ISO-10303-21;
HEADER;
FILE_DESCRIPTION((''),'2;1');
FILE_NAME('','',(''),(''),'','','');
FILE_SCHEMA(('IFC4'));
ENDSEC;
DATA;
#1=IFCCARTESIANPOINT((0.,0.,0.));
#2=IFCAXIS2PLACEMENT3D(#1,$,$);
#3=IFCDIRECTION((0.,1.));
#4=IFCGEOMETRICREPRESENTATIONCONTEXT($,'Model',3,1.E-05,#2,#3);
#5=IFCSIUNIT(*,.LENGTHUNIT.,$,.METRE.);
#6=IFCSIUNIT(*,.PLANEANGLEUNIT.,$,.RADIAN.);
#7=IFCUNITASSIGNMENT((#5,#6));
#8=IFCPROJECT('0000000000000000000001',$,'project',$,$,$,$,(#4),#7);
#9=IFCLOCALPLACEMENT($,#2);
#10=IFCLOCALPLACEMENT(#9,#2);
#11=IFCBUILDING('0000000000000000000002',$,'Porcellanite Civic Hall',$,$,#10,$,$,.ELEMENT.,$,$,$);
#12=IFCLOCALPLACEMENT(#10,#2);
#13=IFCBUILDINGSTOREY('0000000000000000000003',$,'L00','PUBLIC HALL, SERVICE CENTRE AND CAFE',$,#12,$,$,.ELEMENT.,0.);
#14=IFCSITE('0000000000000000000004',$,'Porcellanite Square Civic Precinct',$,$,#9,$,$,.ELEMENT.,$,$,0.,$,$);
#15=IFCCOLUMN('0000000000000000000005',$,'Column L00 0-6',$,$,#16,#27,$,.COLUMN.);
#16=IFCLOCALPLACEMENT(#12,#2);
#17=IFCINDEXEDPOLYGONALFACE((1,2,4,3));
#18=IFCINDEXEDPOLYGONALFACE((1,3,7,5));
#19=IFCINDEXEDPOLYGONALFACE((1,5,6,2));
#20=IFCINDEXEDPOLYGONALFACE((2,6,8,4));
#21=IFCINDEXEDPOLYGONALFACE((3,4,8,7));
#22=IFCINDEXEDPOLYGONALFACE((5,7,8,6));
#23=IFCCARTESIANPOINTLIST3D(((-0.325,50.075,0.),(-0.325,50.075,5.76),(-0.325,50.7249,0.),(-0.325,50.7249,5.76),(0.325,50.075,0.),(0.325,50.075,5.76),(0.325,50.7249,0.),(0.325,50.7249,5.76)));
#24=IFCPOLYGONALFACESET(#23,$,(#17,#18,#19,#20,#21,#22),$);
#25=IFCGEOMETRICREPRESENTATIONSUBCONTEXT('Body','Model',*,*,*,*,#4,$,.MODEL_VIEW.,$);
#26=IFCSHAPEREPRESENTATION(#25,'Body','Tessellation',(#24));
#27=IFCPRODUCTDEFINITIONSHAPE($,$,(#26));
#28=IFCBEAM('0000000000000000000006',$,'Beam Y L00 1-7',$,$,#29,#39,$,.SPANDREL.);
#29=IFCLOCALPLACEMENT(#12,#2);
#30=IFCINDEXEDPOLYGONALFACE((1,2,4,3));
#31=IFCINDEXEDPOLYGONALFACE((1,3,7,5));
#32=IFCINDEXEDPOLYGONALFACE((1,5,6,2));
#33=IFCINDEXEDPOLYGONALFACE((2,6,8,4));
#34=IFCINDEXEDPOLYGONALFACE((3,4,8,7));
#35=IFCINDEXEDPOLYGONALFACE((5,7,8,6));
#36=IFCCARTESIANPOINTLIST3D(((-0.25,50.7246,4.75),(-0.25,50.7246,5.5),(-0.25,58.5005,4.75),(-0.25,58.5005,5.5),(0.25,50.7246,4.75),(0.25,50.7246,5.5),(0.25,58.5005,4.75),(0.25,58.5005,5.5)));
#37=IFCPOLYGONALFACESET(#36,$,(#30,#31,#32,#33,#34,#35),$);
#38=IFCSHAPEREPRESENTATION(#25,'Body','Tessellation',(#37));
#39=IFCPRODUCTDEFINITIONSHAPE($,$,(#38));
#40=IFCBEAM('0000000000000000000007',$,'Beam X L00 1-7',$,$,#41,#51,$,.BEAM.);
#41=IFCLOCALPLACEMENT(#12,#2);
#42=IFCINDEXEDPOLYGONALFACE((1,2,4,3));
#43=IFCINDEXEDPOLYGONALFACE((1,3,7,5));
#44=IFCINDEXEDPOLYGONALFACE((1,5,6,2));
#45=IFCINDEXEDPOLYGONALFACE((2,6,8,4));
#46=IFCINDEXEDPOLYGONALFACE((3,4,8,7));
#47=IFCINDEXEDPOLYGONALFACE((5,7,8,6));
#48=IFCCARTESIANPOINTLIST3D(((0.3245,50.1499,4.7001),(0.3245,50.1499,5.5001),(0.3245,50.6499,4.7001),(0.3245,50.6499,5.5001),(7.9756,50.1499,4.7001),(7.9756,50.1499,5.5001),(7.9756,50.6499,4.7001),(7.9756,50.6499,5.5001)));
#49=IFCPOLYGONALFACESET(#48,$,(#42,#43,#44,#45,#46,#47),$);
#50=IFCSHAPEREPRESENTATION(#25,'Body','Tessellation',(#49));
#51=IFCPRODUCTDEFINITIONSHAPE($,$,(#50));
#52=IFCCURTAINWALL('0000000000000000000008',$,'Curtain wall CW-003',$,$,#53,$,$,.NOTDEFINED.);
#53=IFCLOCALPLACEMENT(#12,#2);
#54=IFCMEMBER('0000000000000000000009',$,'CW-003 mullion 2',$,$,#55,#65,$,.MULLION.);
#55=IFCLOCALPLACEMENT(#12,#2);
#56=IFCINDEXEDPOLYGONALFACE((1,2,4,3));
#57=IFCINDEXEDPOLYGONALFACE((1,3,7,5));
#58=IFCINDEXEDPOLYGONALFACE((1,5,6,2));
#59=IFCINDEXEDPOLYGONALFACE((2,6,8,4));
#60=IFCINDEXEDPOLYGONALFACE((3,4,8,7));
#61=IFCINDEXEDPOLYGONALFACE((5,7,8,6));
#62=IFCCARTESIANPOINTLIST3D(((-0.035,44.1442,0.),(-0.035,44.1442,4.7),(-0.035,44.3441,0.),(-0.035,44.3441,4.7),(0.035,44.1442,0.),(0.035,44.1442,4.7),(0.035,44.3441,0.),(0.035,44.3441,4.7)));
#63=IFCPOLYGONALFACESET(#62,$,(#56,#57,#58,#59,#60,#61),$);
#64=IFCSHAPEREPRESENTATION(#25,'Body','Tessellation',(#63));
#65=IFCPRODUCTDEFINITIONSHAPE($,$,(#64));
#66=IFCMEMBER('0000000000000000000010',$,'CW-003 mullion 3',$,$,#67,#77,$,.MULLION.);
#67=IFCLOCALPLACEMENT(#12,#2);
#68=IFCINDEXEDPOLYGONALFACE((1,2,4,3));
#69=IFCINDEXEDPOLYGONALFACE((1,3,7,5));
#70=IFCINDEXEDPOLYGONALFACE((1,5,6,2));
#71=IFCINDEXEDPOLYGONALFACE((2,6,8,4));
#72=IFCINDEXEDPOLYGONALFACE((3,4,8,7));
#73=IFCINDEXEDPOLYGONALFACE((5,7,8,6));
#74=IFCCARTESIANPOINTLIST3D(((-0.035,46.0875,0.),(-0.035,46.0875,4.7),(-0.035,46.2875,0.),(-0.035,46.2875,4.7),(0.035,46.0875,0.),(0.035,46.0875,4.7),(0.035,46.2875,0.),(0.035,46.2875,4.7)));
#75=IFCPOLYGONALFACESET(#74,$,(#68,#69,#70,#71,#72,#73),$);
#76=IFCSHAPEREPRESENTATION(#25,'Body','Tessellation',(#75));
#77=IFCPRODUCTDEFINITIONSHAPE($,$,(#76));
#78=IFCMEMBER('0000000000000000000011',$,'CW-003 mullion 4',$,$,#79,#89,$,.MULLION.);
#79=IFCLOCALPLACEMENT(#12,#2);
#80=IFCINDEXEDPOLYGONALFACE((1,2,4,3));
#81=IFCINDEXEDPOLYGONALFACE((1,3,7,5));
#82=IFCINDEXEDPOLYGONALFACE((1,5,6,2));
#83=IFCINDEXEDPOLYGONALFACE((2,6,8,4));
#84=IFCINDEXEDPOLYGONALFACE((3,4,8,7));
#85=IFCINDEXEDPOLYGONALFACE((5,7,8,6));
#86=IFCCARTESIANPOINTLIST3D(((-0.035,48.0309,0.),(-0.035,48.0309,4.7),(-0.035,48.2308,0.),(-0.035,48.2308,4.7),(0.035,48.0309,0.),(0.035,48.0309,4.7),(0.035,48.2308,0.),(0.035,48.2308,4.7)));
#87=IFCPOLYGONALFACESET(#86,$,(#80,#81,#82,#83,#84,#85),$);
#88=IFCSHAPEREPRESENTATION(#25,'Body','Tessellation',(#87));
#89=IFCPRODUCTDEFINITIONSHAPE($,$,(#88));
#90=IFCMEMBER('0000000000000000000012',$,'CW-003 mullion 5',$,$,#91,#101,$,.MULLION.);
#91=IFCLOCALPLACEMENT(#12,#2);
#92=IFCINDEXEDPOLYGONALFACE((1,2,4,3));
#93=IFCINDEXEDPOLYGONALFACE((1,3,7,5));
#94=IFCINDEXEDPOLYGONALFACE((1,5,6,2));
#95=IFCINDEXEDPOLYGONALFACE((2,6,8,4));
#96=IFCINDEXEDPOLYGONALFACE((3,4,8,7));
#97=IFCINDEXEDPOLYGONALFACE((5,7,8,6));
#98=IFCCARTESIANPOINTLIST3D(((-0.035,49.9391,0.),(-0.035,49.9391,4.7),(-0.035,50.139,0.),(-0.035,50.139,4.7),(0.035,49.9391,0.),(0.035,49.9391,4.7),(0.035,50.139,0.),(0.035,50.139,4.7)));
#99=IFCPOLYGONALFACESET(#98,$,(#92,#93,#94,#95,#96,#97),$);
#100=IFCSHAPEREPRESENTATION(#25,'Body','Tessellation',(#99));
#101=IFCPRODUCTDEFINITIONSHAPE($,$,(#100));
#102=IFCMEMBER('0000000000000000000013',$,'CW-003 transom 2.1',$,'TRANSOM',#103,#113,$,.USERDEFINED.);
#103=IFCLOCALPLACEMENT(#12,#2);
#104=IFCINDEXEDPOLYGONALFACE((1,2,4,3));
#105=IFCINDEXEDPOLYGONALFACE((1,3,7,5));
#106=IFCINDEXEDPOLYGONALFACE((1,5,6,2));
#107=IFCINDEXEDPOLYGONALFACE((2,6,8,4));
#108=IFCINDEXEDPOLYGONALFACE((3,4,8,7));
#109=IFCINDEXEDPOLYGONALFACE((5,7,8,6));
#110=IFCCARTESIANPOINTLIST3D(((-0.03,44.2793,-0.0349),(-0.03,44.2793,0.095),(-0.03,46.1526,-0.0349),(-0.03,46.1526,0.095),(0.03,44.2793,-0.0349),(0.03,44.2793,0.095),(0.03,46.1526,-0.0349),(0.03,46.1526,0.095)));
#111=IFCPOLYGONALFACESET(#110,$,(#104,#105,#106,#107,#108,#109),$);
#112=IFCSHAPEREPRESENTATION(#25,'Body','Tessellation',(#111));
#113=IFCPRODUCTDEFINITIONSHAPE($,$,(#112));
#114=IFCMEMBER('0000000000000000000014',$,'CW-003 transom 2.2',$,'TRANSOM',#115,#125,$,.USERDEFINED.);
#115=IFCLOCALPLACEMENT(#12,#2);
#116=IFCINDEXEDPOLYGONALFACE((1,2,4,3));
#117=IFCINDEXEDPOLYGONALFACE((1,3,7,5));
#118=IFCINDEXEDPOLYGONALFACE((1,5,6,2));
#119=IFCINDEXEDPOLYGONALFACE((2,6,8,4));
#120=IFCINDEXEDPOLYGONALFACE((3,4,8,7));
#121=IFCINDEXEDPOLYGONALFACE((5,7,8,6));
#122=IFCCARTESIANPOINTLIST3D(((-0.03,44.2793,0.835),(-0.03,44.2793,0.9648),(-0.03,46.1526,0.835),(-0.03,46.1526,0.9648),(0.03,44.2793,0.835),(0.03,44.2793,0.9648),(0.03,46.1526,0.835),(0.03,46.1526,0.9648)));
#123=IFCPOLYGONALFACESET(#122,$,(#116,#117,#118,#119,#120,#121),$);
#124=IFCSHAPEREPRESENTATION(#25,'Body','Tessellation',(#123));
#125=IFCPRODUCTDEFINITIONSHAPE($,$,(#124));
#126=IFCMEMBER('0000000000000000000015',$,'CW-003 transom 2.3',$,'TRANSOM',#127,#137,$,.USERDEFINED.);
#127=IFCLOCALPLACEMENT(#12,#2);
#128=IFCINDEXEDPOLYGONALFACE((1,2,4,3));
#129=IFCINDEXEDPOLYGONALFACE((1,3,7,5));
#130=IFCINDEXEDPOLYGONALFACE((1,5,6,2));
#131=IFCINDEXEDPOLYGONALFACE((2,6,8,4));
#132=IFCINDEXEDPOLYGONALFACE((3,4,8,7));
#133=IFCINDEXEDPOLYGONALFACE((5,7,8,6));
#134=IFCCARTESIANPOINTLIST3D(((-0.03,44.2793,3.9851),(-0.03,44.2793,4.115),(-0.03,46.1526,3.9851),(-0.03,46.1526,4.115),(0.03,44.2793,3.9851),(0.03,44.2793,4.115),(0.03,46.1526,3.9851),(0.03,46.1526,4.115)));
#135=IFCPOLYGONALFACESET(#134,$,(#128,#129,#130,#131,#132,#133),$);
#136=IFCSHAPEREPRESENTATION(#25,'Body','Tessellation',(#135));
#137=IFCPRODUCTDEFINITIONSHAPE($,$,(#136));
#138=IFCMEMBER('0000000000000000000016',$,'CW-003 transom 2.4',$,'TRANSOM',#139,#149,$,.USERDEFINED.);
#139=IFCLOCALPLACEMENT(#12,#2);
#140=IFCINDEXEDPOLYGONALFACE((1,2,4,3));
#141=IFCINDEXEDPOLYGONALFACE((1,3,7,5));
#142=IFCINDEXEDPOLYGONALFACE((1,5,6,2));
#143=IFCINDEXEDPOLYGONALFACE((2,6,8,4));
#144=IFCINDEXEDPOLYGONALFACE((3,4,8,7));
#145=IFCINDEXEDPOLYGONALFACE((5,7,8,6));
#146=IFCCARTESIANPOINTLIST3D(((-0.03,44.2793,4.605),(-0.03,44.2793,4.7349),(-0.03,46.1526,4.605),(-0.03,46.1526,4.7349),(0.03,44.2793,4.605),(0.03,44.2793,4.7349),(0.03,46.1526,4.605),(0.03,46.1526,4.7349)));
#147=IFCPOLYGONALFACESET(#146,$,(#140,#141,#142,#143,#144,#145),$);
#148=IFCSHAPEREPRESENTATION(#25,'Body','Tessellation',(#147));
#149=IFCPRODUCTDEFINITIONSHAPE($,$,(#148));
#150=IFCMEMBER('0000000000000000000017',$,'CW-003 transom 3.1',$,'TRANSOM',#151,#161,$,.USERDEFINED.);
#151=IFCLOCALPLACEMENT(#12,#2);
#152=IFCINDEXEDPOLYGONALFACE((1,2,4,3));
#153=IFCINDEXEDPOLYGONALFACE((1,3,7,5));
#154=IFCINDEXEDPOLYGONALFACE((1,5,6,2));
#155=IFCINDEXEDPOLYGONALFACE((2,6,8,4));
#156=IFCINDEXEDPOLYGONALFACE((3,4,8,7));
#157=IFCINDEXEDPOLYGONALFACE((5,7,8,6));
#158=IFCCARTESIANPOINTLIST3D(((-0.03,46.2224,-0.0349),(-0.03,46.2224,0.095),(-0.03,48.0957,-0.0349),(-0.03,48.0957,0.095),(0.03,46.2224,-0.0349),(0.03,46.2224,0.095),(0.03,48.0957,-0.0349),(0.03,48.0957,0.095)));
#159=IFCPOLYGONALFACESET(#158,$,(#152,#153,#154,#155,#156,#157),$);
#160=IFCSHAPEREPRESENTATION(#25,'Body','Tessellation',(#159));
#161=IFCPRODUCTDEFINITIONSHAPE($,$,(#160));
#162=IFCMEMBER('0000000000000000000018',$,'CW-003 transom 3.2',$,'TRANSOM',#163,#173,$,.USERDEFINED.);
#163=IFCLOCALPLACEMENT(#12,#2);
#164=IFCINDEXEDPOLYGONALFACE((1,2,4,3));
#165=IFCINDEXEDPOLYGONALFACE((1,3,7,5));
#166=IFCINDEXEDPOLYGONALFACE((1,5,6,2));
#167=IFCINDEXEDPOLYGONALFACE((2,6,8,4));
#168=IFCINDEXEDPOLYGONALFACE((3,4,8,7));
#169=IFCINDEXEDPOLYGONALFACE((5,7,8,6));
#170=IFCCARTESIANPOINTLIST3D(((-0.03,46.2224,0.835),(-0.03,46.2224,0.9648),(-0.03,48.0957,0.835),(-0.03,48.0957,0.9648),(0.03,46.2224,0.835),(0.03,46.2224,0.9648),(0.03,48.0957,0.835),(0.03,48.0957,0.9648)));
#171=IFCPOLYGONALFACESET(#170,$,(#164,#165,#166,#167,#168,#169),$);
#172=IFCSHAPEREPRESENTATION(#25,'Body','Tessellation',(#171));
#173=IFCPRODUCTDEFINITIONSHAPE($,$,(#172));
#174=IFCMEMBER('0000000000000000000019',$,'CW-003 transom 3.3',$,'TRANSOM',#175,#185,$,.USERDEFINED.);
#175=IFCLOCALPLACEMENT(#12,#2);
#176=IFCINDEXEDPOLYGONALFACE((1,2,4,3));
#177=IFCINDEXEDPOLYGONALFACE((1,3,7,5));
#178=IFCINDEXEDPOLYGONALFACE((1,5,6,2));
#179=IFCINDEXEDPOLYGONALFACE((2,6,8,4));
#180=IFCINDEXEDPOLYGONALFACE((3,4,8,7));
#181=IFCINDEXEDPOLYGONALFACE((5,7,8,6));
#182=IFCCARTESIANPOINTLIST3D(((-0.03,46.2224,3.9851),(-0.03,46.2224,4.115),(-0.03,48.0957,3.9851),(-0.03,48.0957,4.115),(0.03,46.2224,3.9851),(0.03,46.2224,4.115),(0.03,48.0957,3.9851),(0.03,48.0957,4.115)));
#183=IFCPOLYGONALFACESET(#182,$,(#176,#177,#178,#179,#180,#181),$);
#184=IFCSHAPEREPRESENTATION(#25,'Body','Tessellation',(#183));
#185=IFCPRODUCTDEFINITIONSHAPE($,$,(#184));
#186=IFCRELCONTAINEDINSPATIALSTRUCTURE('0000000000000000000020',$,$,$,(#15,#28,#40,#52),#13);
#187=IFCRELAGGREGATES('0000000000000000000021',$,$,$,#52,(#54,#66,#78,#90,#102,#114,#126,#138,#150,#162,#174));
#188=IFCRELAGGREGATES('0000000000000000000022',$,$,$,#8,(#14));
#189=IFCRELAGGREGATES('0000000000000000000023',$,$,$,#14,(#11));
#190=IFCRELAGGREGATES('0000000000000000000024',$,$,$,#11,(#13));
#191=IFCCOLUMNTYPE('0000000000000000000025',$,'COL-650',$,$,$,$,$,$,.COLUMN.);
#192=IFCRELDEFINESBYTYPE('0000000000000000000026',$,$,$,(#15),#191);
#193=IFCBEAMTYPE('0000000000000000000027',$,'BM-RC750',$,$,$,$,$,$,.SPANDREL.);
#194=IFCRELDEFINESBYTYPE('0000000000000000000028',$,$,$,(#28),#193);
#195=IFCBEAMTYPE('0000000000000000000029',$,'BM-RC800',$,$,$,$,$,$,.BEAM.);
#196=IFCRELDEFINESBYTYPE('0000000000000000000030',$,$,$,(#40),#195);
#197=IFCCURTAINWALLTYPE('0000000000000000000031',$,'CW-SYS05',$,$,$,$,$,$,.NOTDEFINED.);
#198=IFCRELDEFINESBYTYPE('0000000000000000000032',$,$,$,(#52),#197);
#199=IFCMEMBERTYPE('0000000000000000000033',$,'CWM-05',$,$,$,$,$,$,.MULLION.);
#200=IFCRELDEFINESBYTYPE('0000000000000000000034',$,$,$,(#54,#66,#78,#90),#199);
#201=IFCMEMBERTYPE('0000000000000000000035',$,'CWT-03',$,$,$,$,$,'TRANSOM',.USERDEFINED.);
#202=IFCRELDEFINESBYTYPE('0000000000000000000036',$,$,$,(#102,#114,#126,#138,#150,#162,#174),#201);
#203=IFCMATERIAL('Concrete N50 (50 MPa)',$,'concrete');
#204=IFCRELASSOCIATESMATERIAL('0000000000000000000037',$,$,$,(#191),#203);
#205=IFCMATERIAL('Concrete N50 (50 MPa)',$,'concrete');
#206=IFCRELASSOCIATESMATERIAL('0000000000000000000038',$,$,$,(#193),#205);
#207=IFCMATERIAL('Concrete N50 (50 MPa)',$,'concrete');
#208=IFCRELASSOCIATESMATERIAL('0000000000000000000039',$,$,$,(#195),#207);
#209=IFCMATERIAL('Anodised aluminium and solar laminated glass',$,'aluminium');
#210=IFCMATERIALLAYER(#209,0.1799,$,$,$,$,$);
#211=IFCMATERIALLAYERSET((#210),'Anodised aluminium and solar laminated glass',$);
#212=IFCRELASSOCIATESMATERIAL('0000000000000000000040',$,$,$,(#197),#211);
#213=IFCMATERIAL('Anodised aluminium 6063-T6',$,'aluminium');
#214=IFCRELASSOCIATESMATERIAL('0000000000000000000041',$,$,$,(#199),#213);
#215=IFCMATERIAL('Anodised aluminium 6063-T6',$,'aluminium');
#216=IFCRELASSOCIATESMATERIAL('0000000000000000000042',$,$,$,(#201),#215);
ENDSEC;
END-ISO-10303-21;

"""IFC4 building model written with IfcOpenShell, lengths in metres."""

from ifc_helpers import new_model, si_unit, direction, frame, origin, origin_2d, place, context, subcontext, project, spatial, rectangle, extrude, material, layer, layer_set, material_profile, profile_set, type_object, element, aggregate, save


model = new_model("IFC4")

# Units and contexts
model_context = context("Model", 3, precision=1e-05, world=origin(), true_north=direction((0.0, 1.0)))
body_context = subcontext(model_context, "Body", "Model", "MODEL_VIEW")
ifc_project = project(units=[si_unit("LENGTHUNIT", "METRE"), si_unit("PLANEANGLEUNIT", "RADIAN")], contexts=[model_context])

# Site, building, storey
site_placement = place(None, origin())
site = spatial("IfcSite", under=ifc_project, at=site_placement, Name="Porcellanite Square Civic Precinct", CompositionType="ELEMENT", RefElevation=0.0)
building_placement = place(site_placement, origin())
building = spatial("IfcBuilding", under=site, at=building_placement, Name="Porcellanite Civic Hall", CompositionType="ELEMENT")
storey_placement = place(building_placement, origin())
storey = spatial("IfcBuildingStorey", under=building, at=storey_placement, Name="L00", Description="PUBLIC HALL, SERVICE CENTRE AND CAFE", CompositionType="ELEMENT", Elevation=0.0)

# Column
ifc_material_1 = material(Name="Concrete N50 (50 MPa)", Category="concrete")
ifc_material_profile_1 = material_profile(ifc_material_1, rectangle(XDim=0.6499, YDim=0.6499, at=origin_2d()), Name="RC-650x650")
ifc_profile_set_1 = profile_set([ifc_material_profile_1], Name="Concrete N50 (50 MPa)")
column_type = type_object("IfcColumnType", Name="COL-650", PredefinedType="COLUMN", material=ifc_profile_set_1)
column_placement = place(storey_placement, frame((0.0, 50.3999, 0.0), z_axis=(0.0, 0.0, 1.0), x_axis=(1.0, 0.0, 0.0)))
element("IfcColumn", 1, at=column_placement, inside=storey, type_object=column_type, Name="Column L00 0-6", PredefinedType="COLUMN", context=body_context, shape_type="SweptSolid", body=[
    extrude(rectangle(XDim=0.6499, YDim=0.6499, at=origin_2d()), origin(), (0.0, 0.0, 1.0), 5.76),
])

# Beams
ifc_material_2 = material(Name="Concrete N50 (50 MPa)", Category="concrete")
ifc_material_profile_2 = material_profile(ifc_material_2, rectangle(XDim=0.5, YDim=0.75, at=origin_2d()), Name="RC-500x750")
ifc_profile_set_2 = profile_set([ifc_material_profile_2], Name="Concrete N50 (50 MPa)")
beam_type_1 = type_object("IfcBeamType", Name="BM-RC750", PredefinedType="SPANDREL", material=ifc_profile_set_2)
beam_1_placement = place(storey_placement, frame((0.0, 50.7246, 5.125), z_axis=(0.0, 1.0, 0.0), x_axis=(-1.0, 0.0, 0.0)))
element("IfcBeam", 2, at=beam_1_placement, inside=storey, type_object=beam_type_1, Name="Beam Y L00 1-7", PredefinedType="SPANDREL", context=body_context, shape_type="SweptSolid", body=[
    extrude(rectangle(XDim=0.5, YDim=0.75, at=origin_2d()), origin(), (0.0, 0.0, 1.0), 7.7759),
])
ifc_material_3 = material(Name="Concrete N50 (50 MPa)", Category="concrete")
ifc_material_profile_3 = material_profile(ifc_material_3, rectangle(XDim=0.5, YDim=0.8, at=origin_2d()), Name="RC-500x800")
ifc_profile_set_3 = profile_set([ifc_material_profile_3], Name="Concrete N50 (50 MPa)")
beam_type_2 = type_object("IfcBeamType", Name="BM-RC800", PredefinedType="BEAM", material=ifc_profile_set_3)
beam_2_placement = place(storey_placement, frame((0.3245, 50.3999, 5.1001), z_axis=(1.0, 0.0, 0.0), x_axis=(0.0, 1.0, 0.0)))
element("IfcBeam", 3, at=beam_2_placement, inside=storey, type_object=beam_type_2, Name="Beam X L00 1-7", PredefinedType="BEAM", context=body_context, shape_type="SweptSolid", body=[
    extrude(rectangle(XDim=0.5, YDim=0.8, at=origin_2d()), origin(), (0.0, 0.0, 1.0), 7.6511),
])

# Curtain wall, members
ifc_material_4 = material(Name="Anodised aluminium and solar laminated glass", Category="aluminium")
ifc_layer_1 = layer(ifc_material_4, 0.1799)
ifc_layer_set_1 = layer_set([ifc_layer_1], Name="Anodised aluminium and solar laminated glass")
curtain_wall_type = type_object("IfcCurtainWallType", Name="CW-SYS05", PredefinedType="NOTDEFINED", material=ifc_layer_set_1)
curtain_wall_placement = place(storey_placement, origin())
curtain_wall = element("IfcCurtainWall", 4, at=curtain_wall_placement, inside=storey, type_object=curtain_wall_type, Name="Curtain wall CW-003", PredefinedType="NOTDEFINED")
ifc_material_5 = material(Name="Anodised aluminium 6063-T6", Category="aluminium")
ifc_material_profile_4 = material_profile(ifc_material_5, rectangle(XDim=0.0701, YDim=0.2, at=origin_2d()), Name="AL-70x200")
ifc_profile_set_4 = profile_set([ifc_material_profile_4], Name="Anodised aluminium 6063-T6")
member_type_1 = type_object("IfcMemberType", Name="CWM-05", PredefinedType="MULLION", material=ifc_profile_set_4)
member_1_placement = place(storey_placement, frame((0.0, 44.2441, 0.0), z_axis=(0.0, 0.0, 1.0), x_axis=(-1.0, 0.0, 0.0)))
member_1 = element("IfcMember", 5, at=member_1_placement, type_object=member_type_1, Name="CW-003 mullion 2", PredefinedType="MULLION", context=body_context, shape_type="SweptSolid", body=[
    extrude(rectangle(XDim=0.0701, YDim=0.2, at=origin_2d()), origin(), (0.0, 0.0, 1.0), 4.7),
])
member_2_placement = place(storey_placement, frame((0.0, 46.1875, 0.0), z_axis=(0.0, 0.0, 1.0), x_axis=(-1.0, 0.0, 0.0)))
member_2 = element("IfcMember", 6, at=member_2_placement, type_object=member_type_1, Name="CW-003 mullion 3", PredefinedType="MULLION", context=body_context, shape_type="SweptSolid", body=[
    extrude(rectangle(XDim=0.0701, YDim=0.2, at=origin_2d()), origin(), (0.0, 0.0, 1.0), 4.7),
])
member_3_placement = place(storey_placement, frame((0.0, 48.1309, 0.0), z_axis=(0.0, 0.0, 1.0), x_axis=(-1.0, 0.0, 0.0)))
member_3 = element("IfcMember", 7, at=member_3_placement, type_object=member_type_1, Name="CW-003 mullion 4", PredefinedType="MULLION", context=body_context, shape_type="SweptSolid", body=[
    extrude(rectangle(XDim=0.0701, YDim=0.2, at=origin_2d()), origin(), (0.0, 0.0, 1.0), 4.7),
])
member_4_placement = place(storey_placement, frame((0.0, 50.0391, 0.0), z_axis=(0.0, 0.0, 1.0), x_axis=(-1.0, 0.0, 0.0)))
member_4 = element("IfcMember", 8, at=member_4_placement, type_object=member_type_1, Name="CW-003 mullion 5", PredefinedType="MULLION", context=body_context, shape_type="SweptSolid", body=[
    extrude(rectangle(XDim=0.0701, YDim=0.2, at=origin_2d()), origin(), (0.0, 0.0, 1.0), 4.7),
])
ifc_material_6 = material(Name="Anodised aluminium 6063-T6", Category="aluminium")
ifc_material_profile_5 = material_profile(ifc_material_6, rectangle(XDim=0.0601, YDim=0.1299, at=origin_2d()), Name="AL-60x130")
ifc_profile_set_5 = profile_set([ifc_material_profile_5], Name="Anodised aluminium 6063-T6")
member_type_2 = type_object("IfcMemberType", Name="CWT-03", ElementType="TRANSOM", PredefinedType="USERDEFINED", material=ifc_profile_set_5)
member_5_placement = place(storey_placement, frame((0.0, 44.2793, 0.03), z_axis=(0.0, 1.0, 0.0), x_axis=(-1.0, 0.0, 0.0)))
member_5 = element("IfcMember", 9, at=member_5_placement, type_object=member_type_2, Name="CW-003 transom 2.1", ObjectType="TRANSOM", PredefinedType="USERDEFINED", context=body_context, shape_type="SweptSolid", body=[
    extrude(rectangle(XDim=0.0601, YDim=0.1299, at=origin_2d()), origin(), (0.0, 0.0, 1.0), 1.8733),
])
member_6_placement = place(storey_placement, frame((0.0, 44.2793, 0.8999), z_axis=(0.0, 1.0, 0.0), x_axis=(-1.0, 0.0, 0.0)))
member_6 = element("IfcMember", 10, at=member_6_placement, type_object=member_type_2, Name="CW-003 transom 2.2", ObjectType="TRANSOM", PredefinedType="USERDEFINED", context=body_context, shape_type="SweptSolid", body=[
    extrude(rectangle(XDim=0.0601, YDim=0.1299, at=origin_2d()), origin(), (0.0, 0.0, 1.0), 1.8733),
])
member_7_placement = place(storey_placement, frame((0.0, 44.2793, 4.05), z_axis=(0.0, 1.0, 0.0), x_axis=(-1.0, 0.0, 0.0)))
member_7 = element("IfcMember", 11, at=member_7_placement, type_object=member_type_2, Name="CW-003 transom 2.3", ObjectType="TRANSOM", PredefinedType="USERDEFINED", context=body_context, shape_type="SweptSolid", body=[
    extrude(rectangle(XDim=0.0601, YDim=0.1299, at=origin_2d()), origin(), (0.0, 0.0, 1.0), 1.8733),
])
member_8_placement = place(storey_placement, frame((0.0, 44.2793, 4.6699), z_axis=(0.0, 1.0, 0.0), x_axis=(-1.0, 0.0, 0.0)))
member_8 = element("IfcMember", 12, at=member_8_placement, type_object=member_type_2, Name="CW-003 transom 2.4", ObjectType="TRANSOM", PredefinedType="USERDEFINED", context=body_context, shape_type="SweptSolid", body=[
    extrude(rectangle(XDim=0.0601, YDim=0.1299, at=origin_2d()), origin(), (0.0, 0.0, 1.0), 1.8733),
])
member_9_placement = place(storey_placement, frame((0.0, 46.2224, 0.03), z_axis=(0.0, 1.0, 0.0), x_axis=(-1.0, 0.0, 0.0)))
member_9 = element("IfcMember", 13, at=member_9_placement, type_object=member_type_2, Name="CW-003 transom 3.1", ObjectType="TRANSOM", PredefinedType="USERDEFINED", context=body_context, shape_type="SweptSolid", body=[
    extrude(rectangle(XDim=0.0601, YDim=0.1299, at=origin_2d()), origin(), (0.0, 0.0, 1.0), 1.8733),
])
member_10_placement = place(storey_placement, frame((0.0, 46.2224, 0.8999), z_axis=(0.0, 1.0, 0.0), x_axis=(-1.0, 0.0, 0.0)))
member_10 = element("IfcMember", 14, at=member_10_placement, type_object=member_type_2, Name="CW-003 transom 3.2", ObjectType="TRANSOM", PredefinedType="USERDEFINED", context=body_context, shape_type="SweptSolid", body=[
    extrude(rectangle(XDim=0.0601, YDim=0.1299, at=origin_2d()), origin(), (0.0, 0.0, 1.0), 1.8733),
])
member_11_placement = place(storey_placement, frame((0.0, 46.2224, 4.05), z_axis=(0.0, 1.0, 0.0), x_axis=(-1.0, 0.0, 0.0)))
member_11 = element("IfcMember", 15, at=member_11_placement, type_object=member_type_2, Name="CW-003 transom 3.3", ObjectType="TRANSOM", PredefinedType="USERDEFINED", context=body_context, shape_type="SweptSolid", body=[
    extrude(rectangle(XDim=0.0601, YDim=0.1299, at=origin_2d()), origin(), (0.0, 0.0, 1.0), 1.8733),
])
aggregate(curtain_wall, [member_1, member_2, member_3, member_4, member_5, member_6, member_7, member_8, member_9, member_10, member_11])

save(model, "model.ifc")
